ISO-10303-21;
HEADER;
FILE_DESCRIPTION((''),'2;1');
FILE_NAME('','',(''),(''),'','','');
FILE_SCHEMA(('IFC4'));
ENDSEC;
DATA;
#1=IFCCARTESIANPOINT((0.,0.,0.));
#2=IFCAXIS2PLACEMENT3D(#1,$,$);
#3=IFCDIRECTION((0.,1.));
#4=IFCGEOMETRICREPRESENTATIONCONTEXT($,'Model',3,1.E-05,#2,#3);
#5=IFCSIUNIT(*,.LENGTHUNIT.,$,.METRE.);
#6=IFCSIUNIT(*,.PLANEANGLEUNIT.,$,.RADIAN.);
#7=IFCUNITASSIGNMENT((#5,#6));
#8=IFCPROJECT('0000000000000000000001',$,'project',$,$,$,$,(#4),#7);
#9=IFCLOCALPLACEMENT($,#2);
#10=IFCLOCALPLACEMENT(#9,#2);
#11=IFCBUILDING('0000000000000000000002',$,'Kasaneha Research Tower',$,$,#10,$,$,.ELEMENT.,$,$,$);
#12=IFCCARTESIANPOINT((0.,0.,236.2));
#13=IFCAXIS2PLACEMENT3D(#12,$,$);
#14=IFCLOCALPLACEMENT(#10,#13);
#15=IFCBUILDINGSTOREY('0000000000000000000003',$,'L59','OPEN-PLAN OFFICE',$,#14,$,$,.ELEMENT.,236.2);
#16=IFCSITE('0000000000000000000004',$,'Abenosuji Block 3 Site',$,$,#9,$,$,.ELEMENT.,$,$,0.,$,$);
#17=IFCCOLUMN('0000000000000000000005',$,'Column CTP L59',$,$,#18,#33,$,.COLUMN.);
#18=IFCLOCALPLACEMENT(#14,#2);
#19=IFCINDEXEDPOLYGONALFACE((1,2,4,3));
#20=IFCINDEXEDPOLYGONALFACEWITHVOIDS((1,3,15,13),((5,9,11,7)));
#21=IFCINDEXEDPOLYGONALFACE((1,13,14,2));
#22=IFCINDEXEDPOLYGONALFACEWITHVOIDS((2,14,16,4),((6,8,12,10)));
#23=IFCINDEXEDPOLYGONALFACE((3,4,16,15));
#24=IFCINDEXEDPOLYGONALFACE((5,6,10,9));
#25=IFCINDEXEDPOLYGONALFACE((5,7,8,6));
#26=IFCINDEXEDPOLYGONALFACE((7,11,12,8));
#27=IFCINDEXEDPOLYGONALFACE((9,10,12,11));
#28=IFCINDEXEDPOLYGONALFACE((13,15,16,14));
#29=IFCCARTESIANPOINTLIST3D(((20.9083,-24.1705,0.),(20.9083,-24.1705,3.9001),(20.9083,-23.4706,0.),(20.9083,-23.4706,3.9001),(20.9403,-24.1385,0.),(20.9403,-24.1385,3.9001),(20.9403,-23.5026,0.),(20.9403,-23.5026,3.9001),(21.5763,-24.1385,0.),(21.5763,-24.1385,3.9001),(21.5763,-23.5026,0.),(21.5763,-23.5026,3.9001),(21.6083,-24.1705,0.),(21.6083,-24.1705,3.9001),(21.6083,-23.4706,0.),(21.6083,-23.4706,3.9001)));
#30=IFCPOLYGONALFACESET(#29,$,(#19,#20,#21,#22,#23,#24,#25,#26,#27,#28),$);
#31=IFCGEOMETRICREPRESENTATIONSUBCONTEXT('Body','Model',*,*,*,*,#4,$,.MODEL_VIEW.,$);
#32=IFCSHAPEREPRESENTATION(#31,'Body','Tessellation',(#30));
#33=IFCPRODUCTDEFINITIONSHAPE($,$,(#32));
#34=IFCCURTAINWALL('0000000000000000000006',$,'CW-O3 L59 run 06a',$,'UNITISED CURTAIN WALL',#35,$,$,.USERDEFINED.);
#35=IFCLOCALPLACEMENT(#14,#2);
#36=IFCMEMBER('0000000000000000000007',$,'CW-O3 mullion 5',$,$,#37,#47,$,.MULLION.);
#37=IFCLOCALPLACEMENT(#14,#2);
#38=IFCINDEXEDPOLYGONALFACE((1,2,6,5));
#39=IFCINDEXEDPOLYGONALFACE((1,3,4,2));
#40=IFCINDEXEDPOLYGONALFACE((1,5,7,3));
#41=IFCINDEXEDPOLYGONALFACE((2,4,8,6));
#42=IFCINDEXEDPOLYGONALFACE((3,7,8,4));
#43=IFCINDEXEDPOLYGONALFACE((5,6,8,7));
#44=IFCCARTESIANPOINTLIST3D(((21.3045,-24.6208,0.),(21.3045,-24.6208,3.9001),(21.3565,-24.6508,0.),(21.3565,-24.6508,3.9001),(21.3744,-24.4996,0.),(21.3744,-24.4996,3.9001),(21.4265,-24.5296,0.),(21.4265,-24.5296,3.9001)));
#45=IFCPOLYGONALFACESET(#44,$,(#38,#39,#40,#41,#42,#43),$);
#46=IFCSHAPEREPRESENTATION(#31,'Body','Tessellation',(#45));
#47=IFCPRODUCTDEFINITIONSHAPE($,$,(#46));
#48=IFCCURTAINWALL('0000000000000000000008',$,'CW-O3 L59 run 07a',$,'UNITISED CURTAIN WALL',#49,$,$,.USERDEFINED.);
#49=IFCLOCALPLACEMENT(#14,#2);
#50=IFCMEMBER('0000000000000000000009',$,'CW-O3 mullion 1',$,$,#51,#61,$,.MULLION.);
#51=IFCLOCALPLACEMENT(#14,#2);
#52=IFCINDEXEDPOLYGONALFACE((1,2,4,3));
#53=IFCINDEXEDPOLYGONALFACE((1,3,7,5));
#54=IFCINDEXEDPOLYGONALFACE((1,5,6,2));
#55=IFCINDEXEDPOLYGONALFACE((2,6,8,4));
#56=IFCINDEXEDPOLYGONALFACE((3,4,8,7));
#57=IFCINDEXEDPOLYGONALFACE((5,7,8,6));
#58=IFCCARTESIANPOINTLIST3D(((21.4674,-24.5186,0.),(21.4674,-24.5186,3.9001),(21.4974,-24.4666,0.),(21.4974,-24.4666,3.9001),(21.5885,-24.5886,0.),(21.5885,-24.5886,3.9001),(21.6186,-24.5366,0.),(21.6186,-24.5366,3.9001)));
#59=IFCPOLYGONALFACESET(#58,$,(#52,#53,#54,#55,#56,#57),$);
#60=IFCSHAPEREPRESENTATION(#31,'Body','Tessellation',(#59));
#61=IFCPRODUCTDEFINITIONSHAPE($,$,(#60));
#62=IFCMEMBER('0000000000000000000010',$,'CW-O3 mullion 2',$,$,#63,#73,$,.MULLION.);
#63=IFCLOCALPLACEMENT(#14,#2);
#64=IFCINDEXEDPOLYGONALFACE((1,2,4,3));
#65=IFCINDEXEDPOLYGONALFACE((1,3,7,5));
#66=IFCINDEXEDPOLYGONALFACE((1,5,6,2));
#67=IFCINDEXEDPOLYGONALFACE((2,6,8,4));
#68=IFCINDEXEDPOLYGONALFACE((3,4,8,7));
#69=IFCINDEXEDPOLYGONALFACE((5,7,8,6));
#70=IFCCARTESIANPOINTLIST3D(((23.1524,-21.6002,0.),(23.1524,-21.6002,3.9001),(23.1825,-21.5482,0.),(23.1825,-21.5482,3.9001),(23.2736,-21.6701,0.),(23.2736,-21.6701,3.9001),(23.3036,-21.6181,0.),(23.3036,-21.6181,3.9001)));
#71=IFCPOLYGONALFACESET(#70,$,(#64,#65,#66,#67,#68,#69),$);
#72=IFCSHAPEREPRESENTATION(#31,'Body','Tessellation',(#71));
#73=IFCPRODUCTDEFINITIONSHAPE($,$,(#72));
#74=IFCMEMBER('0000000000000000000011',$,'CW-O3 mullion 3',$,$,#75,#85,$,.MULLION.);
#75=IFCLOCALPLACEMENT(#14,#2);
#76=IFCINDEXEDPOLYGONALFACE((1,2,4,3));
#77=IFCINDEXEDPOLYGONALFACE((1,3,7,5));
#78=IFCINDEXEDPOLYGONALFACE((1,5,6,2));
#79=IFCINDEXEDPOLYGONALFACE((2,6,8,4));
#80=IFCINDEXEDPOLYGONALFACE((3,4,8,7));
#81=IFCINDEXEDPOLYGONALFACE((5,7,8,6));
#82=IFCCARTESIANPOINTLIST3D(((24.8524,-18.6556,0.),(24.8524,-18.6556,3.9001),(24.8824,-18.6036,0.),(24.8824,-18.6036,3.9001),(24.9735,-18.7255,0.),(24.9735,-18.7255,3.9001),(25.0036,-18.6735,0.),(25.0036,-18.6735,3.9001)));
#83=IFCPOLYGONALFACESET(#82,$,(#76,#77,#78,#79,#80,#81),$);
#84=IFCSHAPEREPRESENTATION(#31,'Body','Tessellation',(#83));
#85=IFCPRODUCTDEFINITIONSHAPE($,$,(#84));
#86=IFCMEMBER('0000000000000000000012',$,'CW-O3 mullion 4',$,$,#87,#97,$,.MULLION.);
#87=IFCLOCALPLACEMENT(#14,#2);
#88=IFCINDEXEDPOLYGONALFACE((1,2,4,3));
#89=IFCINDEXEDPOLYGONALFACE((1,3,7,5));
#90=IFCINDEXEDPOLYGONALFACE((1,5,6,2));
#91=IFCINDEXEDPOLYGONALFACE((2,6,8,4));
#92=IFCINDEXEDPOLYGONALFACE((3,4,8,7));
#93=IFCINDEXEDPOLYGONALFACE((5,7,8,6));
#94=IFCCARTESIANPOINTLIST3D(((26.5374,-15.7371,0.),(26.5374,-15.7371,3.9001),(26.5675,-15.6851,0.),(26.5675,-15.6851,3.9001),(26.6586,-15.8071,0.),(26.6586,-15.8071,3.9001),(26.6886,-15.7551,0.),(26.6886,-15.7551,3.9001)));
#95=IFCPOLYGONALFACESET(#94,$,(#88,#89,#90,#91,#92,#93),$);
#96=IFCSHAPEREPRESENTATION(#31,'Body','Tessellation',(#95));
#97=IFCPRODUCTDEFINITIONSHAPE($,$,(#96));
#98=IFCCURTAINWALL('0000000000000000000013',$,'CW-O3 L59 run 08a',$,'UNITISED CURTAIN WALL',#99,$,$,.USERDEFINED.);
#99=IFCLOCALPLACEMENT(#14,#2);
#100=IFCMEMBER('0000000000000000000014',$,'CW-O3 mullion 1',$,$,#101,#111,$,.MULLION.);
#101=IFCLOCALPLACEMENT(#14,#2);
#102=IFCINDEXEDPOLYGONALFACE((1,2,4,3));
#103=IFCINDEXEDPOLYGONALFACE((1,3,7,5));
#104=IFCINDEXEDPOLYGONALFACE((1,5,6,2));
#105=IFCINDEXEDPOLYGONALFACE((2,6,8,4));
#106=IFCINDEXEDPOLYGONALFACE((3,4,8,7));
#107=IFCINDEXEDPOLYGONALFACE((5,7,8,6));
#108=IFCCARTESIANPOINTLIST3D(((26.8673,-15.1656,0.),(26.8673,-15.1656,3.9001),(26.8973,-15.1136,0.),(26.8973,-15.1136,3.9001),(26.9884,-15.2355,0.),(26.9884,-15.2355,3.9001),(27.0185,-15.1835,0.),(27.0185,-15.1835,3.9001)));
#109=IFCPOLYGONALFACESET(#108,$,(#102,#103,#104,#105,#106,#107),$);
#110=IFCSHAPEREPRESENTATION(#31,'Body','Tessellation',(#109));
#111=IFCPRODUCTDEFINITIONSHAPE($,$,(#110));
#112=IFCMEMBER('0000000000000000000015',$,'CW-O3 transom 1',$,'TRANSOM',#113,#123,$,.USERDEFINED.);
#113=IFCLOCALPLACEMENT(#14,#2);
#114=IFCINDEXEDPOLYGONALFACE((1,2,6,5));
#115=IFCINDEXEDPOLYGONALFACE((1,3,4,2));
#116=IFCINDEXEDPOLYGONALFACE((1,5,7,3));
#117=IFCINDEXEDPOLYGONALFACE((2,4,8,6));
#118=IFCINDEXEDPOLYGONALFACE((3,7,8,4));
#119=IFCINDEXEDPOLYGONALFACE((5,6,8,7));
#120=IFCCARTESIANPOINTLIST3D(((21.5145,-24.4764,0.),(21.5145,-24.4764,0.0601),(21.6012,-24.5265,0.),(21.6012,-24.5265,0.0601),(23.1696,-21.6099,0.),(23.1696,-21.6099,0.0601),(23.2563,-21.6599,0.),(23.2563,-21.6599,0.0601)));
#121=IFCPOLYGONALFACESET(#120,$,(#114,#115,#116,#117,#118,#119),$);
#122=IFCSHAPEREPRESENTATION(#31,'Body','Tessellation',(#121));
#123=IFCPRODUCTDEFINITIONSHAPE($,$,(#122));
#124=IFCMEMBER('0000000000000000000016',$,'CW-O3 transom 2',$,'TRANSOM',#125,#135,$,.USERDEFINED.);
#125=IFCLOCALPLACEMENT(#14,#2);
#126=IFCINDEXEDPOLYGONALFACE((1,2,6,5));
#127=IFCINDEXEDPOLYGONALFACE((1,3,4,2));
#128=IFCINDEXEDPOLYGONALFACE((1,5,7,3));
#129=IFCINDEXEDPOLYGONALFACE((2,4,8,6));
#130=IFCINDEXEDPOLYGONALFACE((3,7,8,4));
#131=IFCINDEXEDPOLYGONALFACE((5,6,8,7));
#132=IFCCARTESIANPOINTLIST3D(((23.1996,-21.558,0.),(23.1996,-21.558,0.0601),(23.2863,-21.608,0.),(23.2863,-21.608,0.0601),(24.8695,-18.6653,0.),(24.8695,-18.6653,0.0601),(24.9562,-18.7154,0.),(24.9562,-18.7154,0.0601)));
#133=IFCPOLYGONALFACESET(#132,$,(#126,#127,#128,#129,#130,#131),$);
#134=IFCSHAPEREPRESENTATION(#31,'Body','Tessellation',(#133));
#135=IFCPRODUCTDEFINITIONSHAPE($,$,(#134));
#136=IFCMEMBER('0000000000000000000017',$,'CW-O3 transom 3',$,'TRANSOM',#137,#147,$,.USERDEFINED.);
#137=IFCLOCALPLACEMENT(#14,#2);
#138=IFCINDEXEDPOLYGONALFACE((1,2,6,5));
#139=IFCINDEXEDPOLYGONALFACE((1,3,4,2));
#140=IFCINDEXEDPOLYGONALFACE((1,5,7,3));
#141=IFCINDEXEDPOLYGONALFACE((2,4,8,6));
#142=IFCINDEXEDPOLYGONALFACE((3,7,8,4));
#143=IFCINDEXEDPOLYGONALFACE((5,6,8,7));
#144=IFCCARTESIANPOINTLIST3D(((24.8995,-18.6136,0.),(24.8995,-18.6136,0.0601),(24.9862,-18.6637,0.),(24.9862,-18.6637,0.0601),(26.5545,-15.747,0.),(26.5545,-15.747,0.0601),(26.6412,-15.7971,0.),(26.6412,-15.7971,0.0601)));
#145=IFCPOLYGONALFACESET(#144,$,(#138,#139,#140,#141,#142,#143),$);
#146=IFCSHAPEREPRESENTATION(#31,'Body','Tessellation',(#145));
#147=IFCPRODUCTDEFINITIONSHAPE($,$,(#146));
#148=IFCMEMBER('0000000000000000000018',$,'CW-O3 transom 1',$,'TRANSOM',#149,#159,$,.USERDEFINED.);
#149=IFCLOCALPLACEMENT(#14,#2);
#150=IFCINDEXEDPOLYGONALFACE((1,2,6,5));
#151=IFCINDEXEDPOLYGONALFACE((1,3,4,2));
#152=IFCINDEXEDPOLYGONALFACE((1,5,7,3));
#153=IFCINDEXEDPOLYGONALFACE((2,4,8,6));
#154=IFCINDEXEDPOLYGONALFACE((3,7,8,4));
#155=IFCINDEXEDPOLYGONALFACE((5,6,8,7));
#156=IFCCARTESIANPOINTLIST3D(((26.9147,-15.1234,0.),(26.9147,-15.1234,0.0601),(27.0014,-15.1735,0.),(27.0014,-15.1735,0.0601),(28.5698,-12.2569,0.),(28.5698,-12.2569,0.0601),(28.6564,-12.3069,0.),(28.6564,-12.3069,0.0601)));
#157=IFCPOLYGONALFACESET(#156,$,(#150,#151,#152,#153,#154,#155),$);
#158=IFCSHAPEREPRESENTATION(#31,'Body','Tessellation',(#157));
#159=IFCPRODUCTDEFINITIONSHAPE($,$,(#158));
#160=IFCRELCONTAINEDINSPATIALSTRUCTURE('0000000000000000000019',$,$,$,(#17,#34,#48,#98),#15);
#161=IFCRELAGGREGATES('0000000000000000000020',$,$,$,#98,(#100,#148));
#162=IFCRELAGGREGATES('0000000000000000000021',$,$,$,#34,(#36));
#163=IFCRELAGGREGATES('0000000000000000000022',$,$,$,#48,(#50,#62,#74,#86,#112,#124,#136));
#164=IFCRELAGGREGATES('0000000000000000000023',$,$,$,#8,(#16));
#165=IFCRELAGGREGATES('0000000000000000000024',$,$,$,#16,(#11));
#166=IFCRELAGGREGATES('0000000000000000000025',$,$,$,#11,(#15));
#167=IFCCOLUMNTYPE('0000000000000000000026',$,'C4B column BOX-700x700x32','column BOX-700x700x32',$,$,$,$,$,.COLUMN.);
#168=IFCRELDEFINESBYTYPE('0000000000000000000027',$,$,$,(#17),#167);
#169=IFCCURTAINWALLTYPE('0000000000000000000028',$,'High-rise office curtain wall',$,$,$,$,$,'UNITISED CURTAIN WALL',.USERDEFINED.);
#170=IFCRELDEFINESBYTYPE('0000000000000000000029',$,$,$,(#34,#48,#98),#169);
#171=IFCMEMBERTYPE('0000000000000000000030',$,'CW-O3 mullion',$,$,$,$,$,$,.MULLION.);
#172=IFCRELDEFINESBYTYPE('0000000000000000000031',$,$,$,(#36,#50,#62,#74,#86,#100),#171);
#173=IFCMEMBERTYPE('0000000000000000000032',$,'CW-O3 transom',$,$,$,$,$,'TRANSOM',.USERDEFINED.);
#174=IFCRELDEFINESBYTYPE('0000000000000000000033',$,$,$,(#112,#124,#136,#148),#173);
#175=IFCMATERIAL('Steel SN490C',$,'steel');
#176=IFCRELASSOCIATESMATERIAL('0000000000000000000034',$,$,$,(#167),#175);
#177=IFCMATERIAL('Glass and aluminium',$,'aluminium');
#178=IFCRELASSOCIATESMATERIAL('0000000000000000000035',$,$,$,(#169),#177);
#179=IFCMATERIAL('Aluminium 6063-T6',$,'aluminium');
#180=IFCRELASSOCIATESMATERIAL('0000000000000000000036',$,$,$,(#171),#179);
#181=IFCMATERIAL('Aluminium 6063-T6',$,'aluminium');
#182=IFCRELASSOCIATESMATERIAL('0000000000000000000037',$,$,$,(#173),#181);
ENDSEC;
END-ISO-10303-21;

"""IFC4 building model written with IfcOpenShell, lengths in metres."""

from ifc_helpers import new_model, si_unit, direction, frame, origin, origin_2d, place, context, subcontext, project, spatial, rectangle, hollow_rectangle, extrude, material, material_profile, profile_set, type_object, element, aggregate, save


model = new_model("IFC4")

# Units and contexts
model_context = context("Model", 3, precision=1e-05, world=origin(), true_north=direction((0.0, 1.0)))
body_context = subcontext(model_context, "Body", "Model", "MODEL_VIEW")
ifc_project = project(units=[si_unit("LENGTHUNIT", "METRE"), si_unit("PLANEANGLEUNIT", "RADIAN")], contexts=[model_context])

# Site, building, storey
site_placement = place(None, origin())
site = spatial("IfcSite", under=ifc_project, at=site_placement, Name="Abenosuji Block 3 Site", CompositionType="ELEMENT", RefElevation=0.0)
building_placement = place(site_placement, origin())
building = spatial("IfcBuilding", under=site, at=building_placement, Name="Kasaneha Research Tower", CompositionType="ELEMENT")
storey_placement = place(building_placement, frame((0.0, 0.0, 236.2)))
storey = spatial("IfcBuildingStorey", under=building, at=storey_placement, Name="L59", Description="OPEN-PLAN OFFICE", CompositionType="ELEMENT", Elevation=236.2)

# Column
ifc_material_1 = material(Name="Steel SN490C", Category="steel")
ifc_material_profile_1 = material_profile(ifc_material_1, hollow_rectangle(XDim=0.7, YDim=0.7, WallThickness=0.032, at=origin_2d()), Name="BOX-700x700x32")
ifc_profile_set_1 = profile_set([ifc_material_profile_1], Name="Steel SN490C")
column_type = type_object("IfcColumnType", Name="C4B column BOX-700x700x32", Description="column BOX-700x700x32", PredefinedType="COLUMN", material=ifc_profile_set_1)
column_placement = place(storey_placement, frame((21.2583, -23.8206, 0.0), z_axis=(0.0, 0.0, 1.0), x_axis=(1.0, 0.0, 0.0)))
element("IfcColumn", 1, at=column_placement, inside=storey, type_object=column_type, Name="Column CTP L59", PredefinedType="COLUMN", context=body_context, shape_type="SweptSolid", body=[
    extrude(hollow_rectangle(XDim=0.7, YDim=0.7, WallThickness=0.032, at=origin_2d()), origin(), (0.0, 0.0, 1.0), 3.9001),
])

# Curtain wall, member
ifc_material_2 = material(Name="Glass and aluminium", Category="aluminium")
curtain_wall_type = type_object("IfcCurtainWallType", Name="High-rise office curtain wall", ElementType="UNITISED CURTAIN WALL", PredefinedType="USERDEFINED", material=ifc_material_2)
curtain_wall_1_placement = place(storey_placement, origin())
curtain_wall_1 = element("IfcCurtainWall", 2, at=curtain_wall_1_placement, inside=storey, type_object=curtain_wall_type, Name="CW-O3 L59 run 06a", ObjectType="UNITISED CURTAIN WALL", PredefinedType="USERDEFINED")
ifc_material_3 = material(Name="Aluminium 6063-T6", Category="aluminium")
ifc_material_profile_2 = material_profile(ifc_material_3, rectangle(XDim=0.0601, YDim=0.1399, at=origin_2d()), Name="CW-O3 mullion 60x140")
ifc_profile_set_2 = profile_set([ifc_material_profile_2], Name="Aluminium 6063-T6")
member_type_1 = type_object("IfcMemberType", Name="CW-O3 mullion", PredefinedType="MULLION", material=ifc_profile_set_2)
member_1_placement = place(storey_placement, frame((21.3655, -24.5752, 0.0), z_axis=(0.0, 0.0, 1.0), x_axis=(0.866025, -0.5, 0.0)))
member_1 = element("IfcMember", 3, at=member_1_placement, type_object=member_type_1, Name="CW-O3 mullion 5", PredefinedType="MULLION", context=body_context, shape_type="SweptSolid", body=[
    extrude(rectangle(XDim=0.0601, YDim=0.1399, at=origin_2d()), origin(), (0.0, 0.0, 1.0), 3.9001),
])

# Curtain wall, members
curtain_wall_2_placement = place(storey_placement, origin())
curtain_wall_2 = element("IfcCurtainWall", 4, at=curtain_wall_2_placement, inside=storey, type_object=curtain_wall_type, Name="CW-O3 L59 run 07a", ObjectType="UNITISED CURTAIN WALL", PredefinedType="USERDEFINED")
member_2_placement = place(storey_placement, frame((21.543, -24.5276, 0.0), z_axis=(0.0, 0.0, 1.0), x_axis=(0.5, 0.866025, 0.0)))
member_2 = element("IfcMember", 5, at=member_2_placement, type_object=member_type_1, Name="CW-O3 mullion 1", PredefinedType="MULLION", context=body_context, shape_type="SweptSolid", body=[
    extrude(rectangle(XDim=0.0601, YDim=0.1399, at=origin_2d()), origin(), (0.0, 0.0, 1.0), 3.9001),
])
member_3_placement = place(storey_placement, frame((23.228, -21.6091, 0.0), z_axis=(0.0, 0.0, 1.0), x_axis=(0.5, 0.866025, 0.0)))
member_3 = element("IfcMember", 6, at=member_3_placement, type_object=member_type_1, Name="CW-O3 mullion 2", PredefinedType="MULLION", context=body_context, shape_type="SweptSolid", body=[
    extrude(rectangle(XDim=0.0601, YDim=0.1399, at=origin_2d()), origin(), (0.0, 0.0, 1.0), 3.9001),
])
member_4_placement = place(storey_placement, frame((24.928, -18.6646, 0.0), z_axis=(0.0, 0.0, 1.0), x_axis=(0.5, 0.866025, 0.0)))
member_4 = element("IfcMember", 7, at=member_4_placement, type_object=member_type_1, Name="CW-O3 mullion 3", PredefinedType="MULLION", context=body_context, shape_type="SweptSolid", body=[
    extrude(rectangle(XDim=0.0601, YDim=0.1399, at=origin_2d()), origin(), (0.0, 0.0, 1.0), 3.9001),
])
member_5_placement = place(storey_placement, frame((26.613, -15.7461, 0.0), z_axis=(0.0, 0.0, 1.0), x_axis=(0.5, 0.866025, 0.0)))
member_5 = element("IfcMember", 8, at=member_5_placement, type_object=member_type_1, Name="CW-O3 mullion 4", PredefinedType="MULLION", context=body_context, shape_type="SweptSolid", body=[
    extrude(rectangle(XDim=0.0601, YDim=0.1399, at=origin_2d()), origin(), (0.0, 0.0, 1.0), 3.9001),
])

# Curtain wall, member
curtain_wall_3_placement = place(storey_placement, origin())
curtain_wall_3 = element("IfcCurtainWall", 9, at=curtain_wall_3_placement, inside=storey, type_object=curtain_wall_type, Name="CW-O3 L59 run 08a", ObjectType="UNITISED CURTAIN WALL", PredefinedType="USERDEFINED")
member_6_placement = place(storey_placement, frame((26.9429, -15.1746, 0.0), z_axis=(0.0, 0.0, 1.0), x_axis=(0.5, 0.866025, 0.0)))
member_6 = element("IfcMember", 10, at=member_6_placement, type_object=member_type_1, Name="CW-O3 mullion 1", PredefinedType="MULLION", context=body_context, shape_type="SweptSolid", body=[
    extrude(rectangle(XDim=0.0601, YDim=0.1399, at=origin_2d()), origin(), (0.0, 0.0, 1.0), 3.9001),
])

# Members
ifc_material_4 = material(Name="Aluminium 6063-T6", Category="aluminium")
ifc_material_profile_3 = material_profile(ifc_material_4, rectangle(XDim=0.1001, YDim=0.0601, at=origin_2d()), Name="CW-O3 transom 100x60")
ifc_profile_set_3 = profile_set([ifc_material_profile_3], Name="Aluminium 6063-T6")
member_type_2 = type_object("IfcMemberType", Name="CW-O3 transom", ElementType="TRANSOM", PredefinedType="USERDEFINED", material=ifc_profile_set_3)
member_7_placement = place(storey_placement, frame((21.5579, -24.5015, 0.03), z_axis=(0.500018, 0.866015, 0.0), x_axis=(-0.866015, 0.500018, 0.0)))
member_7 = element("IfcMember", 11, at=member_7_placement, type_object=member_type_2, Name="CW-O3 transom 1", ObjectType="TRANSOM", PredefinedType="USERDEFINED", context=body_context, shape_type="SweptSolid", body=[
    extrude(rectangle(XDim=0.1001, YDim=0.0601, at=origin_2d()), origin(), (0.0, 0.0, 1.0), 3.3101),
])
member_8_placement = place(storey_placement, frame((23.2429, -21.583, 0.03), z_axis=(0.499976, 0.86604, 0.0), x_axis=(-0.86604, 0.499976, 0.0)))
member_8 = element("IfcMember", 12, at=member_8_placement, type_object=member_type_2, Name="CW-O3 transom 2", ObjectType="TRANSOM", PredefinedType="USERDEFINED", context=body_context, shape_type="SweptSolid", body=[
    extrude(rectangle(XDim=0.1001, YDim=0.0601, at=origin_2d()), origin(), (0.0, 0.0, 1.0), 3.3401),
])
member_9_placement = place(storey_placement, frame((24.9429, -18.6387, 0.03), z_axis=(0.499986, 0.866033, 0.0), x_axis=(-0.866033, 0.499986, 0.0)))
member_9 = element("IfcMember", 13, at=member_9_placement, type_object=member_type_2, Name="CW-O3 transom 3", ObjectType="TRANSOM", PredefinedType="USERDEFINED", context=body_context, shape_type="SweptSolid", body=[
    extrude(rectangle(XDim=0.1001, YDim=0.0601, at=origin_2d()), origin(), (0.0, 0.0, 1.0), 3.3101),
])
member_10_placement = place(storey_placement, frame((26.958, -15.1484, 0.03), z_axis=(0.500018, 0.866015, 0.0), x_axis=(-0.866015, 0.500018, 0.0)))
member_10 = element("IfcMember", 14, at=member_10_placement, type_object=member_type_2, Name="CW-O3 transom 1", ObjectType="TRANSOM", PredefinedType="USERDEFINED", context=body_context, shape_type="SweptSolid", body=[
    extrude(rectangle(XDim=0.1001, YDim=0.0601, at=origin_2d()), origin(), (0.0, 0.0, 1.0), 3.3101),
])
aggregate(curtain_wall_3, [member_6, member_10])

aggregate(curtain_wall_1, [member_1])
aggregate(curtain_wall_2, [member_2, member_3, member_4, member_5, member_7, member_8, member_9])

save(model, "model.ifc")
